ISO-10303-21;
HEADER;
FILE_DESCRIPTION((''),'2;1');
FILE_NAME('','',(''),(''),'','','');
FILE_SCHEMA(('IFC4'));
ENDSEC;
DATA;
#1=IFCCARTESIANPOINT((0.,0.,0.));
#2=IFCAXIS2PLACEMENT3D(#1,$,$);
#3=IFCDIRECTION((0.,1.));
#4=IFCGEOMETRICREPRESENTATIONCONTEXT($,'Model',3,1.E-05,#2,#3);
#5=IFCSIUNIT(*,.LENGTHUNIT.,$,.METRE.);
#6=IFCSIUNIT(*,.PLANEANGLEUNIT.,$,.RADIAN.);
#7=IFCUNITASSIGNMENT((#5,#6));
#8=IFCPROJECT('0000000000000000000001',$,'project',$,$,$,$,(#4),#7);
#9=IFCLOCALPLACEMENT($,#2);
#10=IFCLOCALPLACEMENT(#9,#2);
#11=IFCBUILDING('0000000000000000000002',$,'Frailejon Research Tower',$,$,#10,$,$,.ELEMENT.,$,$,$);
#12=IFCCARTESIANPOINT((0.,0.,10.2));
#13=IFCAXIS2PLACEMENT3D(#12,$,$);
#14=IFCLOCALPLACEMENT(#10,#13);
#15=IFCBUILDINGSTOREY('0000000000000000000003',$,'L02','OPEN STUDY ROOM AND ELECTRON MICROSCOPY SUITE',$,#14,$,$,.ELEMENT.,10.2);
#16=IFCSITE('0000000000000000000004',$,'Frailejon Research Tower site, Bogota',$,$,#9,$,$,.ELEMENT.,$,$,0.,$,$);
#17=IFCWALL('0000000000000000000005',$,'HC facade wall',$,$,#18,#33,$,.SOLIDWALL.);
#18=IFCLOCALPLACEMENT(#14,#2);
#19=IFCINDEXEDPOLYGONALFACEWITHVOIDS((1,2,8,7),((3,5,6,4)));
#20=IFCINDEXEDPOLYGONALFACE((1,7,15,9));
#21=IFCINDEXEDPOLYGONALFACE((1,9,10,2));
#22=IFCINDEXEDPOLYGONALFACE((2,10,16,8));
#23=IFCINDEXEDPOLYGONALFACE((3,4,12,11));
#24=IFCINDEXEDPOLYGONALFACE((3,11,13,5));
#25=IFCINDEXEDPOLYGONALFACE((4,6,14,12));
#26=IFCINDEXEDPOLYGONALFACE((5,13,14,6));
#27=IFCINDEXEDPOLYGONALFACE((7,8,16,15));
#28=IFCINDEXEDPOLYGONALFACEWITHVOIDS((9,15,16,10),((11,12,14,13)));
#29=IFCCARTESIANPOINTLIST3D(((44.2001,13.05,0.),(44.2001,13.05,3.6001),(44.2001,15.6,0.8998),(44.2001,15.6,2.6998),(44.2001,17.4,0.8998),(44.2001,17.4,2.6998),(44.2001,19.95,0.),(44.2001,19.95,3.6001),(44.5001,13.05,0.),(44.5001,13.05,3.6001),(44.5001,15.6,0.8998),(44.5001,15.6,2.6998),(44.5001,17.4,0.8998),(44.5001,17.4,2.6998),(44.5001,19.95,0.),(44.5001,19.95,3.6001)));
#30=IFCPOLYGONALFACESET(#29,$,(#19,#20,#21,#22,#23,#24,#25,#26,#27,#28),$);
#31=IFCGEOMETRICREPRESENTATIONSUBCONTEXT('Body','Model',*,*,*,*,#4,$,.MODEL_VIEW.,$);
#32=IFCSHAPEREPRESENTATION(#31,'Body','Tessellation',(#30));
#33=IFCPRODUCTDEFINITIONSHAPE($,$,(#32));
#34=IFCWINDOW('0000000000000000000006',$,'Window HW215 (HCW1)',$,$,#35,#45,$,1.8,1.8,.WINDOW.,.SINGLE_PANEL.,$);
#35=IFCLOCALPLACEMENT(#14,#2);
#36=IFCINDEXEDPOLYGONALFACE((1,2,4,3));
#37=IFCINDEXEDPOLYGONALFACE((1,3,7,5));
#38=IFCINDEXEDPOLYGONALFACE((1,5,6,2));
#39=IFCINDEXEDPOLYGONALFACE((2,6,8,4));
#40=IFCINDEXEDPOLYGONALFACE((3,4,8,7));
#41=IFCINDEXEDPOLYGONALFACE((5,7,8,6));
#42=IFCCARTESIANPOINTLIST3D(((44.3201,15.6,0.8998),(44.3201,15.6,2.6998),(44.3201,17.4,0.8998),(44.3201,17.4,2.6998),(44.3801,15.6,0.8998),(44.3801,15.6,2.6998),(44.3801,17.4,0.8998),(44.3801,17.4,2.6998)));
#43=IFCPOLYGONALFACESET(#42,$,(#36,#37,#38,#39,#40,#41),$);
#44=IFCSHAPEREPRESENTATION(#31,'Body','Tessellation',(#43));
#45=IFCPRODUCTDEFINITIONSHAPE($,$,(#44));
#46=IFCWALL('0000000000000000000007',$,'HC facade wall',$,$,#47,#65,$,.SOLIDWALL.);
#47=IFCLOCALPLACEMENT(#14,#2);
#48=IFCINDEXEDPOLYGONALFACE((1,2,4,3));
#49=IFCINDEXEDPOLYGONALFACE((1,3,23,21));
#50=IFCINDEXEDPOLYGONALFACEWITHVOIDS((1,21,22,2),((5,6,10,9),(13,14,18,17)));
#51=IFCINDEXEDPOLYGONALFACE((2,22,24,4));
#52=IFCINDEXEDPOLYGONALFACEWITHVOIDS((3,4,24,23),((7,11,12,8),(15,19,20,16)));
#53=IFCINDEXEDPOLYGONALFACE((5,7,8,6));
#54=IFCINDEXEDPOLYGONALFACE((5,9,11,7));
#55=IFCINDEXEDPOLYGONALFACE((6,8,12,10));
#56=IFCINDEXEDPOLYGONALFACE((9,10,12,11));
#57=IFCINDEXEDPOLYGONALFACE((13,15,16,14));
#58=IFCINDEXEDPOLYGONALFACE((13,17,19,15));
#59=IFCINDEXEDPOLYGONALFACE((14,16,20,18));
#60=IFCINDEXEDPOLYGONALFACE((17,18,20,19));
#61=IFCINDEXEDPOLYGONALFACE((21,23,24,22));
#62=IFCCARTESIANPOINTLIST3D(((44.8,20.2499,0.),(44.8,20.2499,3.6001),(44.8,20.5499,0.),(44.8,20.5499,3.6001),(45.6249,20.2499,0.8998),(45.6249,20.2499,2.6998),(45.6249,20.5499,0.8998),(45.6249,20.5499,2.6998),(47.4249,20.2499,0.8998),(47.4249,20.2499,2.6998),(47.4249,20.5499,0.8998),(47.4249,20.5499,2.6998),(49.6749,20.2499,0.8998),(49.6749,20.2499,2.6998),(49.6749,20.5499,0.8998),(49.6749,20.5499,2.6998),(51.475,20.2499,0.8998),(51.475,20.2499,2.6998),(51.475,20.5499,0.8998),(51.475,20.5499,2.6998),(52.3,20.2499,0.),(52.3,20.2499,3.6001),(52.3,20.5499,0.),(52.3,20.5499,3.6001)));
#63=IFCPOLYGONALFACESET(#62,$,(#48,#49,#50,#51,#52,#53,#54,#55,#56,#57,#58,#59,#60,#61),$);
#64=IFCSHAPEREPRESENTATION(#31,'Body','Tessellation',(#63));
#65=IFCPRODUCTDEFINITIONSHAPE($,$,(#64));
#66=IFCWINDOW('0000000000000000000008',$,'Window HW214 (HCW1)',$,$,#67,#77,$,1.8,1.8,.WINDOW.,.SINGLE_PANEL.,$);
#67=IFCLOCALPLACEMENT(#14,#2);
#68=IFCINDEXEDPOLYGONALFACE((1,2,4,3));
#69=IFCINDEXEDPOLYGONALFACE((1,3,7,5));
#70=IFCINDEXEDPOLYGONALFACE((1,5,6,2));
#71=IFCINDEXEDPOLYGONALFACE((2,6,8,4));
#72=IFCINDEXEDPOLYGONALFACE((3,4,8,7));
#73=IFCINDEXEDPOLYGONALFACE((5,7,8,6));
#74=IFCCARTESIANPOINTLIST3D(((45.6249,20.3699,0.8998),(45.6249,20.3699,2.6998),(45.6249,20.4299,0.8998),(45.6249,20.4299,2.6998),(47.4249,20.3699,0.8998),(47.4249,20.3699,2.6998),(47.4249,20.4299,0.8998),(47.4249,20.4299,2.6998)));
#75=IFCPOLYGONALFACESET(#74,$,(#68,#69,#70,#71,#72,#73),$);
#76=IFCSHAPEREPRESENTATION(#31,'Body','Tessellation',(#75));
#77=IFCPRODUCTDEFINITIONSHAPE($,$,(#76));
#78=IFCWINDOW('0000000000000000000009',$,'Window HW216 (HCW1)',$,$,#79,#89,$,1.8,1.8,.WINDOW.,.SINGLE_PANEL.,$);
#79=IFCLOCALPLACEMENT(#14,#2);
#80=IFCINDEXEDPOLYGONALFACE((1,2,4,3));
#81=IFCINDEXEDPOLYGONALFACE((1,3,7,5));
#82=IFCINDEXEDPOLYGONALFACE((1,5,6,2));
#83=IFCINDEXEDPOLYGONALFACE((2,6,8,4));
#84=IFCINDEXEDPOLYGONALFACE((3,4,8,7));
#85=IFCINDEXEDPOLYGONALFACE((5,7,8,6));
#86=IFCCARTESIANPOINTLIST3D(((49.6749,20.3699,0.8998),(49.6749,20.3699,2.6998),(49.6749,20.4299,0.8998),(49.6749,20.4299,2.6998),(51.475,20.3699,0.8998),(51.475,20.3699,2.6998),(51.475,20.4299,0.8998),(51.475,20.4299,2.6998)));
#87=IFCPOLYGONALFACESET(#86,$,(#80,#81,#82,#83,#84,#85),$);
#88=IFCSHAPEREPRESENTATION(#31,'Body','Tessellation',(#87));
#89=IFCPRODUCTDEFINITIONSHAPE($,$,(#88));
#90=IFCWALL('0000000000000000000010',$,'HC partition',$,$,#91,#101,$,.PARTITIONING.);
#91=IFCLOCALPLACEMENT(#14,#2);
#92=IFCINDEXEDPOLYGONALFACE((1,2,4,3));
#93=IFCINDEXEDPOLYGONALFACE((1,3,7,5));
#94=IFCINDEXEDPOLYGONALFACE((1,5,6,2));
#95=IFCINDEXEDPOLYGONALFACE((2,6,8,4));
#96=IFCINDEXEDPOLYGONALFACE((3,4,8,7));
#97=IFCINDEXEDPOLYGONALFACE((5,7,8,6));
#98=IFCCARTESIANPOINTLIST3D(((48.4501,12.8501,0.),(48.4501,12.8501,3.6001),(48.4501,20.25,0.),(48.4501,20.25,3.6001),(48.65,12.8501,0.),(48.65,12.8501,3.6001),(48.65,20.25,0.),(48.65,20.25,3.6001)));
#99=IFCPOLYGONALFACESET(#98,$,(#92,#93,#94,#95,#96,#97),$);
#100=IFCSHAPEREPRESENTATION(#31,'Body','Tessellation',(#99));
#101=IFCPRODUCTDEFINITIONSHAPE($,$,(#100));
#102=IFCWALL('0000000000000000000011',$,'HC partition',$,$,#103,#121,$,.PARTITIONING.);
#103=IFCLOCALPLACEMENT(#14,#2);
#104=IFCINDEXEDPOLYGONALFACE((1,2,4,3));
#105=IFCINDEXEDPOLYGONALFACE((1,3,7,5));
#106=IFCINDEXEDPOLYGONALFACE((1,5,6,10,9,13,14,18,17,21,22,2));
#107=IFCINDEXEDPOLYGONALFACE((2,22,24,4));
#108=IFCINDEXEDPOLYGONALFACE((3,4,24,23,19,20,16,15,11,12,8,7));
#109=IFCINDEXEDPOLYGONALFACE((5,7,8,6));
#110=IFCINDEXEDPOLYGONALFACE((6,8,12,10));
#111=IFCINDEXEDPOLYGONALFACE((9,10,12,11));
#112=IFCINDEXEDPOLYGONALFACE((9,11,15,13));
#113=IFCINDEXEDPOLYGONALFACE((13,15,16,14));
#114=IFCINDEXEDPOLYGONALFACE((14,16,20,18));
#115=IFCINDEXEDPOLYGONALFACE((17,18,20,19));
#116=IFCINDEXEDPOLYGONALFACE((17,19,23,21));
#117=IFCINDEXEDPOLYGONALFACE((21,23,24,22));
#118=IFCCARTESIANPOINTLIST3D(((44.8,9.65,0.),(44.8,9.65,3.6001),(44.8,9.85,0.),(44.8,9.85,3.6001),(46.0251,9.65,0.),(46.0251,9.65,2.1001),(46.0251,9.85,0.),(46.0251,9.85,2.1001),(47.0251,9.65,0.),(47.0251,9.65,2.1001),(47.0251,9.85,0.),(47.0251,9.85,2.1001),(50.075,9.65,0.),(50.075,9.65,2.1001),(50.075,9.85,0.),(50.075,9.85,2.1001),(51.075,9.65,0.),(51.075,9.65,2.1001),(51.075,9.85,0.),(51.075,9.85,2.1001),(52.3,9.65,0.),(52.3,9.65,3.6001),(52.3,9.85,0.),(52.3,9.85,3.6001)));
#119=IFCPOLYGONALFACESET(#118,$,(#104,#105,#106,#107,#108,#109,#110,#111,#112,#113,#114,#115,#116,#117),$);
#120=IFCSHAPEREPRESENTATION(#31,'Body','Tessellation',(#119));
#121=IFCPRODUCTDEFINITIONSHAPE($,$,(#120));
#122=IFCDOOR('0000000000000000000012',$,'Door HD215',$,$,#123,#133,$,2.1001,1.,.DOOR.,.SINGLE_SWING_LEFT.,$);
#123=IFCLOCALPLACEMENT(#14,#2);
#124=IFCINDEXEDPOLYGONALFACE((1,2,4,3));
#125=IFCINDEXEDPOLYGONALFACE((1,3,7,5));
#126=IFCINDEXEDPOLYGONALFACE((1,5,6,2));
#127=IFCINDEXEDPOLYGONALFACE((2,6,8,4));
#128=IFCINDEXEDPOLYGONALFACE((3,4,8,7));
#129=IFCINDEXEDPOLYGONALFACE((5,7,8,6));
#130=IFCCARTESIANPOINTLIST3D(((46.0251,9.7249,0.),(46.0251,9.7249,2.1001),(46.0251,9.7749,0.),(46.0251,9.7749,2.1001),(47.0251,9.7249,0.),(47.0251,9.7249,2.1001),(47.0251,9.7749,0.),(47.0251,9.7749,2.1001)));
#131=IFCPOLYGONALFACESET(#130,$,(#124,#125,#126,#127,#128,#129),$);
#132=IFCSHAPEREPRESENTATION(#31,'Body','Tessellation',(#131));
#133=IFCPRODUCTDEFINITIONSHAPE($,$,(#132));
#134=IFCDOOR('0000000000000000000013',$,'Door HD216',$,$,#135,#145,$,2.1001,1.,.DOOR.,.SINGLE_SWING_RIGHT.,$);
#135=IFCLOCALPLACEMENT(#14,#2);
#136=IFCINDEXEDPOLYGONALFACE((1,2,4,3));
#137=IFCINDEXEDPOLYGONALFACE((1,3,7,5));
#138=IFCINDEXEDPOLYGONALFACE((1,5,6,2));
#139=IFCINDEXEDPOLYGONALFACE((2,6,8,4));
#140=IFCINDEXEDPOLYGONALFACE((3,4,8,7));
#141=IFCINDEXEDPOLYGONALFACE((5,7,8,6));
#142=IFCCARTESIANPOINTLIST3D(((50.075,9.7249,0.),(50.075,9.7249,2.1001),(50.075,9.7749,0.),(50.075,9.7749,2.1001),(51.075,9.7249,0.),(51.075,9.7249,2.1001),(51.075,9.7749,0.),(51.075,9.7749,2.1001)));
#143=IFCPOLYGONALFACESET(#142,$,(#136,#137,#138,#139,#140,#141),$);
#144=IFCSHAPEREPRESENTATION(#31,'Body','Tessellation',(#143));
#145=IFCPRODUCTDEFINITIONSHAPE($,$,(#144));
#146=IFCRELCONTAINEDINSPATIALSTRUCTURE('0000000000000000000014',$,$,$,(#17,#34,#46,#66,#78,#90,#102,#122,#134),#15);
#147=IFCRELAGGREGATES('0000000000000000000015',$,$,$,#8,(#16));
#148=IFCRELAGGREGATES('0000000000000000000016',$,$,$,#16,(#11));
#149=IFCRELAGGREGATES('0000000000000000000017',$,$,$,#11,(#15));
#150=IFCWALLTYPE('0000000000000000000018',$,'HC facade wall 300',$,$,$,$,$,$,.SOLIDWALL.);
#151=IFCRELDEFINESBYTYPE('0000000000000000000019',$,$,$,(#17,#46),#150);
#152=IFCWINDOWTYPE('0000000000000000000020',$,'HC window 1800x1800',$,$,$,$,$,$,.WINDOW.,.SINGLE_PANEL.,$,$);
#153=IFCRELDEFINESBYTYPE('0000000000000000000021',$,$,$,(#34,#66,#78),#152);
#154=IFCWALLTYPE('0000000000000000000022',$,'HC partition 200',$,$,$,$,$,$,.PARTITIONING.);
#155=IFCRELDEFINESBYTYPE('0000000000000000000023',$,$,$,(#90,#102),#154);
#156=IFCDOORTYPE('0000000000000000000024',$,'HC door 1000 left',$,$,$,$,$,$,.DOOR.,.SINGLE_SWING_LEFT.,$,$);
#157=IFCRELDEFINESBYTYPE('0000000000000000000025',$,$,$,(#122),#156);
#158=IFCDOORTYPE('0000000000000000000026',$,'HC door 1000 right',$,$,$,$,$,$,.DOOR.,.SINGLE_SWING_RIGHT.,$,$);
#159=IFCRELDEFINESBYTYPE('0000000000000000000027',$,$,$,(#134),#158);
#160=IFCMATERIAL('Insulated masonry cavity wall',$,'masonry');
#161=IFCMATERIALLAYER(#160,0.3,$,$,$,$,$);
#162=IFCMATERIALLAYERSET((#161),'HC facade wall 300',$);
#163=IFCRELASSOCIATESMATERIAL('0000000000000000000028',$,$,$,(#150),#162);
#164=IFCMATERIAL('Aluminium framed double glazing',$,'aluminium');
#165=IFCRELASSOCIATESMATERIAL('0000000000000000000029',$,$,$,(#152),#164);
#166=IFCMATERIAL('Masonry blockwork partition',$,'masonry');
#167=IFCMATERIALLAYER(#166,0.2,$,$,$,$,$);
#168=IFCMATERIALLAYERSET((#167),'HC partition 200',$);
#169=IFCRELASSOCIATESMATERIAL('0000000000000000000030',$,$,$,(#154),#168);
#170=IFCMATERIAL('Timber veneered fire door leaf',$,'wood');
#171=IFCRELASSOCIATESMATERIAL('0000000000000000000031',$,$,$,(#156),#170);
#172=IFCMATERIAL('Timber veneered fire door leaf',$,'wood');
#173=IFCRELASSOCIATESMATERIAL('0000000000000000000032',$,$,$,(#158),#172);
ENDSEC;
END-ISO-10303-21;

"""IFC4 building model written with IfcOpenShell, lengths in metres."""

from ifc_helpers import new_model, si_unit, direction, frame, frame_2d, origin, place, context, subcontext, project, spatial, rectangle, extrude, material, layer, layer_set, type_object, element, fill, save


model = new_model("IFC4")

# Units and contexts
model_context = context("Model", 3, precision=1e-05, world=origin(), true_north=direction((0.0, 1.0)))
body_context = subcontext(model_context, "Body", "Model", "MODEL_VIEW")
ifc_project = project(units=[si_unit("LENGTHUNIT", "METRE"), si_unit("PLANEANGLEUNIT", "RADIAN")], contexts=[model_context])

# Site, building, storey
site_placement = place(None, origin())
site = spatial("IfcSite", under=ifc_project, at=site_placement, Name="Frailejon Research Tower site, Bogota", CompositionType="ELEMENT", RefElevation=0.0)
building_placement = place(site_placement, origin())
building = spatial("IfcBuilding", under=site, at=building_placement, Name="Frailejon Research Tower", CompositionType="ELEMENT")
storey_placement = place(building_placement, frame((0.0, 0.0, 10.2)))
storey = spatial("IfcBuildingStorey", under=building, at=storey_placement, Name="L02", Description="OPEN STUDY ROOM AND ELECTRON MICROSCOPY SUITE", CompositionType="ELEMENT", Elevation=10.2)

# Shared definitions
ifc_material_1 = material(Name="Insulated masonry cavity wall", Category="masonry")
ifc_layer_1 = layer(ifc_material_1, 0.3)
ifc_layer_set_1 = layer_set([ifc_layer_1], Name="HC facade wall 300")
wall_type_1 = type_object("IfcWallType", Name="HC facade wall 300", PredefinedType="SOLIDWALL", material=ifc_layer_set_1)

# Wall, opening, window
wall_1_placement = place(storey_placement, frame((44.3501, 13.05, 0.0), z_axis=(0.0, 0.0, 1.0), x_axis=(0.0, 1.0, 0.0)))
wall_1 = element("IfcWall", 1, at=wall_1_placement, inside=storey, type_object=wall_type_1, Name="HC facade wall", PredefinedType="SOLIDWALL", context=body_context, shape_type="SweptSolid", body=[
    extrude(rectangle(XDim=6.8999, YDim=0.3, at=frame_2d((3.45, 0.0))), origin(), (0.0, 0.0, 1.0), 3.6001),
])
opening_1_placement = place(wall_1_placement, frame((2.55, 0.0, 0.8999)))
opening_1 = element("IfcOpeningElement", 2, at=opening_1_placement, cuts=wall_1, PredefinedType="OPENING", context=body_context, shape_type="SweptSolid", body=[
    extrude(rectangle(XDim=1.8, YDim=1.8, at=frame_2d((0.8999, 0.8999))), frame((0.0, 0.1599, 0.0), z_axis=(0.0, -1.0, 0.0), x_axis=(1.0, 0.0, 0.0)), (0.0, 0.0, 1.0), 0.3201),
])
ifc_material_2 = material(Name="Aluminium framed double glazing", Category="aluminium")
window_type = type_object("IfcWindowType", Name="HC window 1800x1800", PartitioningType="SINGLE_PANEL", PredefinedType="WINDOW", material=ifc_material_2)
window_1_placement = place(opening_1_placement, origin())
window_1 = element("IfcWindow", 3, at=window_1_placement, inside=storey, type_object=window_type, Name="Window HW215 (HCW1)", OverallHeight=1.8, OverallWidth=1.8, PartitioningType="SINGLE_PANEL", PredefinedType="WINDOW", context=body_context, shape_type="SweptSolid", body=[
    extrude(rectangle(XDim=1.8, YDim=1.8, at=frame_2d((0.8999, 0.8999))), frame((0.0, 0.03, 0.0), z_axis=(0.0, -1.0, 0.0), x_axis=(1.0, 0.0, 0.0)), (0.0, 0.0, 1.0), 0.0601),
])
fill(opening_1, window_1)

# Wall, openings, windows
wall_2_placement = place(storey_placement, frame((44.8, 20.3999, 0.0), z_axis=(0.0, 0.0, 1.0), x_axis=(1.0, 0.0, 0.0)))
wall_2 = element("IfcWall", 4, at=wall_2_placement, inside=storey, type_object=wall_type_1, Name="HC facade wall", PredefinedType="SOLIDWALL", context=body_context, shape_type="SweptSolid", body=[
    extrude(rectangle(XDim=7.5, YDim=0.3, at=frame_2d((3.75, 0.0))), origin(), (0.0, 0.0, 1.0), 3.6001),
])
opening_2_placement = place(wall_2_placement, frame((0.825, 0.0, 0.8999)))
opening_2 = element("IfcOpeningElement", 5, at=opening_2_placement, cuts=wall_2, PredefinedType="OPENING", context=body_context, shape_type="SweptSolid", body=[
    extrude(rectangle(XDim=1.8, YDim=1.8, at=frame_2d((0.8999, 0.8999))), frame((0.0, 0.1599, 0.0), z_axis=(0.0, -1.0, 0.0), x_axis=(1.0, 0.0, 0.0)), (0.0, 0.0, 1.0), 0.3201),
])
opening_3_placement = place(wall_2_placement, frame((4.875, 0.0, 0.8999)))
opening_3 = element("IfcOpeningElement", 6, at=opening_3_placement, cuts=wall_2, PredefinedType="OPENING", context=body_context, shape_type="SweptSolid", body=[
    extrude(rectangle(XDim=1.8, YDim=1.8, at=frame_2d((0.8999, 0.8999))), frame((0.0, 0.1599, 0.0), z_axis=(0.0, -1.0, 0.0), x_axis=(1.0, 0.0, 0.0)), (0.0, 0.0, 1.0), 0.3201),
])
window_2_placement = place(opening_2_placement, origin())
window_2 = element("IfcWindow", 7, at=window_2_placement, inside=storey, type_object=window_type, Name="Window HW214 (HCW1)", OverallHeight=1.8, OverallWidth=1.8, PartitioningType="SINGLE_PANEL", PredefinedType="WINDOW", context=body_context, shape_type="SweptSolid", body=[
    extrude(rectangle(XDim=1.8, YDim=1.8, at=frame_2d((0.8999, 0.8999))), frame((0.0, 0.03, 0.0), z_axis=(0.0, -1.0, 0.0), x_axis=(1.0, 0.0, 0.0)), (0.0, 0.0, 1.0), 0.0601),
])
fill(opening_2, window_2)
window_3_placement = place(opening_3_placement, origin())
window_3 = element("IfcWindow", 8, at=window_3_placement, inside=storey, type_object=window_type, Name="Window HW216 (HCW1)", OverallHeight=1.8, OverallWidth=1.8, PartitioningType="SINGLE_PANEL", PredefinedType="WINDOW", context=body_context, shape_type="SweptSolid", body=[
    extrude(rectangle(XDim=1.8, YDim=1.8, at=frame_2d((0.8999, 0.8999))), frame((0.0, 0.03, 0.0), z_axis=(0.0, -1.0, 0.0), x_axis=(1.0, 0.0, 0.0)), (0.0, 0.0, 1.0), 0.0601),
])
fill(opening_3, window_3)

# Wall
ifc_material_3 = material(Name="Masonry blockwork partition", Category="masonry")
ifc_layer_2 = layer(ifc_material_3, 0.2)
ifc_layer_set_2 = layer_set([ifc_layer_2], Name="HC partition 200")
wall_type_2 = type_object("IfcWallType", Name="HC partition 200", PredefinedType="PARTITIONING", material=ifc_layer_set_2)
wall_3_placement = place(storey_placement, frame((48.55, 12.8501, 0.0), z_axis=(0.0, 0.0, 1.0), x_axis=(0.0, 1.0, 0.0)))
element("IfcWall", 9, at=wall_3_placement, inside=storey, type_object=wall_type_2, Name="HC partition", PredefinedType="PARTITIONING", context=body_context, shape_type="SweptSolid", body=[
    extrude(rectangle(XDim=7.3999, YDim=0.2, at=frame_2d((3.7, 0.0))), origin(), (0.0, 0.0, 1.0), 3.6001),
])

# Wall, openings, doors
wall_4_placement = place(storey_placement, frame((44.8, 9.75, 0.0), z_axis=(0.0, 0.0, 1.0), x_axis=(1.0, 0.0, 0.0)))
wall_4 = element("IfcWall", 10, at=wall_4_placement, inside=storey, type_object=wall_type_2, Name="HC partition", PredefinedType="PARTITIONING", context=body_context, shape_type="SweptSolid", body=[
    extrude(rectangle(XDim=7.5, YDim=0.2, at=frame_2d((3.75, 0.0))), origin(), (0.0, 0.0, 1.0), 3.6001),
])
opening_4_placement = place(wall_4_placement, frame((1.2251, 0.0, 0.0)))
opening_4 = element("IfcOpeningElement", 11, at=opening_4_placement, cuts=wall_4, PredefinedType="OPENING", context=body_context, shape_type="SweptSolid", body=[
    extrude(rectangle(XDim=1.0, YDim=2.1001, at=frame_2d((0.5, 1.05))), frame((0.0, 0.1099, 0.0), z_axis=(0.0, -1.0, 0.0), x_axis=(1.0, 0.0, 0.0)), (0.0, 0.0, 1.0), 0.22),
])
opening_5_placement = place(wall_4_placement, frame((5.2749, 0.0, 0.0)))
opening_5 = element("IfcOpeningElement", 12, at=opening_5_placement, cuts=wall_4, PredefinedType="OPENING", context=body_context, shape_type="SweptSolid", body=[
    extrude(rectangle(XDim=1.0, YDim=2.1001, at=frame_2d((0.5, 1.05))), frame((0.0, 0.1099, 0.0), z_axis=(0.0, -1.0, 0.0), x_axis=(1.0, 0.0, 0.0)), (0.0, 0.0, 1.0), 0.22),
])
ifc_material_4 = material(Name="Timber veneered fire door leaf", Category="wood")
door_type_1 = type_object("IfcDoorType", Name="HC door 1000 left", OperationType="SINGLE_SWING_LEFT", PredefinedType="DOOR", material=ifc_material_4)
door_1_placement = place(opening_4_placement, origin())
door_1 = element("IfcDoor", 13, at=door_1_placement, inside=storey, type_object=door_type_1, Name="Door HD215", OperationType="SINGLE_SWING_LEFT", OverallHeight=2.1001, OverallWidth=1.0, PredefinedType="DOOR", context=body_context, shape_type="SweptSolid", body=[
    extrude(rectangle(XDim=1.0, YDim=2.1001, at=frame_2d((0.5, 1.05))), frame((0.0, 0.0249, 0.0), z_axis=(0.0, -1.0, 0.0), x_axis=(1.0, 0.0, 0.0)), (0.0, 0.0, 1.0), 0.05),
])
fill(opening_4, door_1)
ifc_material_5 = material(Name="Timber veneered fire door leaf", Category="wood")
door_type_2 = type_object("IfcDoorType", Name="HC door 1000 right", OperationType="SINGLE_SWING_RIGHT", PredefinedType="DOOR", material=ifc_material_5)
door_2_placement = place(opening_5_placement, origin())
door_2 = element("IfcDoor", 14, at=door_2_placement, inside=storey, type_object=door_type_2, Name="Door HD216", OperationType="SINGLE_SWING_RIGHT", OverallHeight=2.1001, OverallWidth=1.0, PredefinedType="DOOR", context=body_context, shape_type="SweptSolid", body=[
    extrude(rectangle(XDim=1.0, YDim=2.1001, at=frame_2d((0.5, 1.05))), frame((0.0, 0.0249, 0.0), z_axis=(0.0, -1.0, 0.0), x_axis=(1.0, 0.0, 0.0)), (0.0, 0.0, 1.0), 0.05),
])
fill(opening_5, door_2)

save(model, "model.ifc")
